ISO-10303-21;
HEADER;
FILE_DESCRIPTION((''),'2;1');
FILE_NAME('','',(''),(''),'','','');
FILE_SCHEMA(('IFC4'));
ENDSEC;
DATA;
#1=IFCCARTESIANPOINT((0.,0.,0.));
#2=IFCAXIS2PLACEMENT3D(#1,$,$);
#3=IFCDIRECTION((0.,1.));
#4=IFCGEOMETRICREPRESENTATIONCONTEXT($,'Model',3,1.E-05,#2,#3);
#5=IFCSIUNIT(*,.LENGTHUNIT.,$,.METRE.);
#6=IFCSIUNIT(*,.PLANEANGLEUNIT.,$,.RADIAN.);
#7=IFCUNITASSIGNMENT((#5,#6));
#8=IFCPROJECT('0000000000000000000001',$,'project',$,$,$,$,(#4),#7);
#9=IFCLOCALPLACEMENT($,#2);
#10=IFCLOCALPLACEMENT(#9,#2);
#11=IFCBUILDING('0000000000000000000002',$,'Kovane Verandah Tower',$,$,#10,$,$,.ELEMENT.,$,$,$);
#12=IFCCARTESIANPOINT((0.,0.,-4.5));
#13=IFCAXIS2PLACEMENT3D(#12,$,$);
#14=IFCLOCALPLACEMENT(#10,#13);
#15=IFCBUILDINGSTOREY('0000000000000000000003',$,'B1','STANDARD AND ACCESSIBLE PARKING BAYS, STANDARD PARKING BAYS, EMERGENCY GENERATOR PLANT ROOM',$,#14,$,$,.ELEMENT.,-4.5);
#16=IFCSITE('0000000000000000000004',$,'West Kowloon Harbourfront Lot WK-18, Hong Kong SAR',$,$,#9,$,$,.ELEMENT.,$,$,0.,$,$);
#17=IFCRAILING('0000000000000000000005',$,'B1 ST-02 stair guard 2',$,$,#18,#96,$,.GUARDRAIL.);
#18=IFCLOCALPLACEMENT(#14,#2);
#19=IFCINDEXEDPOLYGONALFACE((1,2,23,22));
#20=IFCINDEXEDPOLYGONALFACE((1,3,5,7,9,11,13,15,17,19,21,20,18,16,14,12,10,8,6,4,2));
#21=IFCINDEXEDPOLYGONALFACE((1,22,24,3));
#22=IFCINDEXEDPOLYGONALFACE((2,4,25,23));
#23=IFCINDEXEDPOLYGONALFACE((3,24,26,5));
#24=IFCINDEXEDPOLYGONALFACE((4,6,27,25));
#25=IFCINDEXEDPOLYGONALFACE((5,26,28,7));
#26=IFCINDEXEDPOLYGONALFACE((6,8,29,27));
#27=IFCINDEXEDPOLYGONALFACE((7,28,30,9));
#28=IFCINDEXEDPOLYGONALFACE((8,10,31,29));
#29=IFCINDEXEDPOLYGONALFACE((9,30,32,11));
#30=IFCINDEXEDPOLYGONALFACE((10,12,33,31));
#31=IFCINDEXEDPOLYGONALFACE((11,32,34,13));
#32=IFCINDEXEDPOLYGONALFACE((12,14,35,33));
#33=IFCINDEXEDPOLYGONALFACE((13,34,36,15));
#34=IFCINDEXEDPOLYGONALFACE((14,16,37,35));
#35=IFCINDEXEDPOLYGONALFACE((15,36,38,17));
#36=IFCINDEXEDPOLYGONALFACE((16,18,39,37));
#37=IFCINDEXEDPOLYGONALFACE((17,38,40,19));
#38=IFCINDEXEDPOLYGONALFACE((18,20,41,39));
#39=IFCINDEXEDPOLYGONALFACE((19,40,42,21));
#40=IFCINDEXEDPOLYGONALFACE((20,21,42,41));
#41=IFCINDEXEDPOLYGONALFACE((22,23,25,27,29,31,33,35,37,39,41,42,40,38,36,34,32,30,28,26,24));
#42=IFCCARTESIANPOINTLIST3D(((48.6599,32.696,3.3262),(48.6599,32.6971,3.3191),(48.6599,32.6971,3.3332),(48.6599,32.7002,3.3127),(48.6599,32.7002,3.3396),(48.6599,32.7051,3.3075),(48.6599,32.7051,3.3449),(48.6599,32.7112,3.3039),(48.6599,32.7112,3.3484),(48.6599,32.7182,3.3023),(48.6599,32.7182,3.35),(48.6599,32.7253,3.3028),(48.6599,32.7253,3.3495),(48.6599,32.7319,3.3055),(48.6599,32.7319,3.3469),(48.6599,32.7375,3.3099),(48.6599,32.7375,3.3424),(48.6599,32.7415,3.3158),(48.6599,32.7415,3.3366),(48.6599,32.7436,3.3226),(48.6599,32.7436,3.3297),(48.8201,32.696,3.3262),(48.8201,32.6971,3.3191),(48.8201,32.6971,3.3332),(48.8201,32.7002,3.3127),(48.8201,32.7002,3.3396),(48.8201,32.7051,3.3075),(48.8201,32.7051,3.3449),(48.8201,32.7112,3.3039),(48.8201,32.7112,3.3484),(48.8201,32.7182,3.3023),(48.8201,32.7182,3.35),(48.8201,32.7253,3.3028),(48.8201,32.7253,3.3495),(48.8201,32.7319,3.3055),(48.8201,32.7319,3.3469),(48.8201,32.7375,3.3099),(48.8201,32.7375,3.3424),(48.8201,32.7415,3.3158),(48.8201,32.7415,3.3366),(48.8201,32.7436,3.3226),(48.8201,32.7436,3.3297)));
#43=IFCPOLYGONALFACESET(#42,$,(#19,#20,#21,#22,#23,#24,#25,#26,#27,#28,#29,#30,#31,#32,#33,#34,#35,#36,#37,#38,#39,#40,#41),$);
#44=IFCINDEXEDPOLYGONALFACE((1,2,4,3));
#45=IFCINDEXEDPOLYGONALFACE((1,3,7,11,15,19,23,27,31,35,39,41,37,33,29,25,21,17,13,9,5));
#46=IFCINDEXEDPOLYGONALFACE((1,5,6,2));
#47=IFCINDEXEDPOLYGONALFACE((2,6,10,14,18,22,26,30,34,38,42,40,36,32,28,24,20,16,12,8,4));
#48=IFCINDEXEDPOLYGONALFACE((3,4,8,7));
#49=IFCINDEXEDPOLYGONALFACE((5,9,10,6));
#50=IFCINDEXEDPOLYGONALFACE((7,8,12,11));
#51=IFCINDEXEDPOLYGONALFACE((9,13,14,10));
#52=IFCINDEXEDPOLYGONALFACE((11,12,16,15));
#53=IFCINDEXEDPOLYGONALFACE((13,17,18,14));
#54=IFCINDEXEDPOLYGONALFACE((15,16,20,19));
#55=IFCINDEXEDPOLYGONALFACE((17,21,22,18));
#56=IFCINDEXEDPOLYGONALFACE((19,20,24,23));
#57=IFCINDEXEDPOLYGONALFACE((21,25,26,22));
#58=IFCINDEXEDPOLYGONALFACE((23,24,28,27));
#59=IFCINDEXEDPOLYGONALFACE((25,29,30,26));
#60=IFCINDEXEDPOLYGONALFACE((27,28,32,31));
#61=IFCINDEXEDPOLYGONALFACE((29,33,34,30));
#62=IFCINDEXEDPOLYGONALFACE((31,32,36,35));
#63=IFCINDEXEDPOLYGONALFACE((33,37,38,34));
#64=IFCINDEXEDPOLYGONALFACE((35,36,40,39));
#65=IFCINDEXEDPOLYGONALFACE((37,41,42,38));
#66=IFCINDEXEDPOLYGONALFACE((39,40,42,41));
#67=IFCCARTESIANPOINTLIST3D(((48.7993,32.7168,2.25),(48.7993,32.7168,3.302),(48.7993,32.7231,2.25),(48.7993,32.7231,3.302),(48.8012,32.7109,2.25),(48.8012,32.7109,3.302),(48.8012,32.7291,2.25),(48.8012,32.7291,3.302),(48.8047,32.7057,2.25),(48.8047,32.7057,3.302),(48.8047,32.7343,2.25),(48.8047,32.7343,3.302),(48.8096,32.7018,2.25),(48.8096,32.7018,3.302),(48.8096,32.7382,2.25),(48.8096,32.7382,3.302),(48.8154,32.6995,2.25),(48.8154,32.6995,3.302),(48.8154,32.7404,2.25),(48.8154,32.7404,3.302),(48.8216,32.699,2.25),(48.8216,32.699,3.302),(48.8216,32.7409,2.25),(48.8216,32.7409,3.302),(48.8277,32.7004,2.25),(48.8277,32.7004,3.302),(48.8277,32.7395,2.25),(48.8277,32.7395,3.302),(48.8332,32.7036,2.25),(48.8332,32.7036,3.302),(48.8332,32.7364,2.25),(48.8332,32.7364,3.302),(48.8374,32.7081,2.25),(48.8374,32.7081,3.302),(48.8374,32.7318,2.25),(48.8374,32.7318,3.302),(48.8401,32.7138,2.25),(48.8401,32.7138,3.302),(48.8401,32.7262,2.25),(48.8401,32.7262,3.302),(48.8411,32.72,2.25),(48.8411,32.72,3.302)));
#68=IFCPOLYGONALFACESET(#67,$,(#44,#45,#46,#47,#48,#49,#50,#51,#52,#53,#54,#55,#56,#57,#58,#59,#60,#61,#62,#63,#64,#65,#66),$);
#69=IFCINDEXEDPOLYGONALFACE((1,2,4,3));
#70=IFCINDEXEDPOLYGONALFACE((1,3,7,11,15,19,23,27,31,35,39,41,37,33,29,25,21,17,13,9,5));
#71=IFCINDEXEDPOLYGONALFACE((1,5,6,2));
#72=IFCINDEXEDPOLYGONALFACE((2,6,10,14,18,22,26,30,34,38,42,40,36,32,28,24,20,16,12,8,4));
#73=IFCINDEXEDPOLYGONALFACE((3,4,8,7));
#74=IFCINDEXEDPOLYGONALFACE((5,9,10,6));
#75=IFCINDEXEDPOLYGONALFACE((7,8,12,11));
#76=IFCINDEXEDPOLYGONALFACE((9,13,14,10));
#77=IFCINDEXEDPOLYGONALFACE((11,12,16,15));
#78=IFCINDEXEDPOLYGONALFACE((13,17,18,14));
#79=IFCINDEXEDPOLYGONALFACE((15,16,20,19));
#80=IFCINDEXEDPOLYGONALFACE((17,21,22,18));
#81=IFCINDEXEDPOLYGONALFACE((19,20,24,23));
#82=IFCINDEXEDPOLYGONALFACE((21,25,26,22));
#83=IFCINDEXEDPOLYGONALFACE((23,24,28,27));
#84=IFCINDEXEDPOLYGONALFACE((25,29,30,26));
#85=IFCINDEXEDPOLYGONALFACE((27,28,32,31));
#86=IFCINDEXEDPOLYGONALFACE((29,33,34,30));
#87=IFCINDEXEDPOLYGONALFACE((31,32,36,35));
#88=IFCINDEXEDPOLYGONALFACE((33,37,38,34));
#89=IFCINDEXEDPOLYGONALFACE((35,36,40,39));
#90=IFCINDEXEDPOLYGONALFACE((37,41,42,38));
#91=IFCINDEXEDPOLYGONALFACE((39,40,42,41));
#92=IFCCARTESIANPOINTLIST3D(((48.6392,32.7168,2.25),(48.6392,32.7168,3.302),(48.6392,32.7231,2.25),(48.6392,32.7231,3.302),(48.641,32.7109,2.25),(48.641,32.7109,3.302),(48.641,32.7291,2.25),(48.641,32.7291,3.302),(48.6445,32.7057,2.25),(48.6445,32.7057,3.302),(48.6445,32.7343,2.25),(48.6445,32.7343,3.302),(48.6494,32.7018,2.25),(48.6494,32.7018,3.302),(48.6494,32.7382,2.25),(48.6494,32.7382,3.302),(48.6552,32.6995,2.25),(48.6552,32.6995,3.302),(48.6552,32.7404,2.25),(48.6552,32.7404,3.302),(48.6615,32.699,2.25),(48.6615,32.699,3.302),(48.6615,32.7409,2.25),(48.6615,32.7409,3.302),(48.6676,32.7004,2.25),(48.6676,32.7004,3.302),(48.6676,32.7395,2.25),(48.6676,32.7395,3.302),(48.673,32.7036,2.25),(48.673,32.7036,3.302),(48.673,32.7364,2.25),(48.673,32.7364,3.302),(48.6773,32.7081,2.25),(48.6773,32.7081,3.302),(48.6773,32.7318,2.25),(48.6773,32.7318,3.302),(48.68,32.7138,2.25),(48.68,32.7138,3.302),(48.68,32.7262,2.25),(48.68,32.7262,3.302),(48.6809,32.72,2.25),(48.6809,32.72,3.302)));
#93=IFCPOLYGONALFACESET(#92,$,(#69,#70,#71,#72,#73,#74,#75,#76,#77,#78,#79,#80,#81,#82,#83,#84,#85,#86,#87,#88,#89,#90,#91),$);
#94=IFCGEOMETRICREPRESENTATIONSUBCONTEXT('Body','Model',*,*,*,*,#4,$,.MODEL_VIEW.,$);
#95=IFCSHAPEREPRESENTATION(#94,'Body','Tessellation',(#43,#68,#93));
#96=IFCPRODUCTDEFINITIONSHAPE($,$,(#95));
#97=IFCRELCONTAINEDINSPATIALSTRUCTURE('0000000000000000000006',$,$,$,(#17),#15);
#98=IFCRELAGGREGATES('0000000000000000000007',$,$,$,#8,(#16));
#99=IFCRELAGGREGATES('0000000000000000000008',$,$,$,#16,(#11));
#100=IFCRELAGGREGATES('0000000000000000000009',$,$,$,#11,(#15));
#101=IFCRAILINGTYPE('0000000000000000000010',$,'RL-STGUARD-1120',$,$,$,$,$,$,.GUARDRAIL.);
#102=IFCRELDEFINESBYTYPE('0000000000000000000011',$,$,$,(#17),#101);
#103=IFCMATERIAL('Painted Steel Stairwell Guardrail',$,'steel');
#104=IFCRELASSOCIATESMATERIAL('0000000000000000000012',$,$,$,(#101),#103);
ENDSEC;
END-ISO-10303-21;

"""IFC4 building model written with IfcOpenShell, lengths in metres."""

from ifc_helpers import new_model, si_unit, direction, frame, origin, origin_2d, place, context, subcontext, project, spatial, circle, extrude, material, type_object, element, save


model = new_model("IFC4")

# Units and contexts
model_context = context("Model", 3, precision=1e-05, world=origin(), true_north=direction((0.0, 1.0)))
body_context = subcontext(model_context, "Body", "Model", "MODEL_VIEW")
ifc_project = project(units=[si_unit("LENGTHUNIT", "METRE"), si_unit("PLANEANGLEUNIT", "RADIAN")], contexts=[model_context])

# Site, building, storey
site_placement = place(None, origin())
site = spatial("IfcSite", under=ifc_project, at=site_placement, Name="West Kowloon Harbourfront Lot WK-18, Hong Kong SAR", CompositionType="ELEMENT", RefElevation=0.0)
building_placement = place(site_placement, origin())
building = spatial("IfcBuilding", under=site, at=building_placement, Name="Kovane Verandah Tower", CompositionType="ELEMENT")
storey_placement = place(building_placement, frame((0.0, 0.0, -4.5)))
storey = spatial("IfcBuildingStorey", under=building, at=storey_placement, Name="B1", Description="STANDARD AND ACCESSIBLE PARKING BAYS, STANDARD PARKING BAYS, EMERGENCY GENERATOR PLANT ROOM", CompositionType="ELEMENT", Elevation=-4.5)

# Railing
ifc_material_1 = material(Name="Painted Steel Stairwell Guardrail", Category="steel")
railing_type_1 = type_object("IfcRailingType", Name="RL-STGUARD-1120", PredefinedType="GUARDRAIL", material=ifc_material_1)
railing_1_placement = place(storey_placement, frame((48.8201, 32.72, 2.25)))
element("IfcRailing", 1, at=railing_1_placement, inside=storey, type_object=railing_type_1, Name="B1 ST-02 stair guard 2", PredefinedType="GUARDRAIL", context=body_context, shape_type="SweptSolid", body=[
    extrude(circle(Radius=0.0239, at=origin_2d()), frame((0.0, 0.0, 1.0762), z_axis=(-1.0, 0.0, 0.0), x_axis=(0.0, -1.0, 0.0)), (0.0, 0.0, 1.0), 0.1602),
    extrude(circle(Radius=0.021, at=origin_2d()), origin(), (0.0, 0.0, 1.0), 1.052),
    extrude(circle(Radius=0.021, at=origin_2d()), frame((-0.1602, 0.0, 0.0)), (0.0, 0.0, 1.0), 1.052),
])

save(model, "model.ifc")
